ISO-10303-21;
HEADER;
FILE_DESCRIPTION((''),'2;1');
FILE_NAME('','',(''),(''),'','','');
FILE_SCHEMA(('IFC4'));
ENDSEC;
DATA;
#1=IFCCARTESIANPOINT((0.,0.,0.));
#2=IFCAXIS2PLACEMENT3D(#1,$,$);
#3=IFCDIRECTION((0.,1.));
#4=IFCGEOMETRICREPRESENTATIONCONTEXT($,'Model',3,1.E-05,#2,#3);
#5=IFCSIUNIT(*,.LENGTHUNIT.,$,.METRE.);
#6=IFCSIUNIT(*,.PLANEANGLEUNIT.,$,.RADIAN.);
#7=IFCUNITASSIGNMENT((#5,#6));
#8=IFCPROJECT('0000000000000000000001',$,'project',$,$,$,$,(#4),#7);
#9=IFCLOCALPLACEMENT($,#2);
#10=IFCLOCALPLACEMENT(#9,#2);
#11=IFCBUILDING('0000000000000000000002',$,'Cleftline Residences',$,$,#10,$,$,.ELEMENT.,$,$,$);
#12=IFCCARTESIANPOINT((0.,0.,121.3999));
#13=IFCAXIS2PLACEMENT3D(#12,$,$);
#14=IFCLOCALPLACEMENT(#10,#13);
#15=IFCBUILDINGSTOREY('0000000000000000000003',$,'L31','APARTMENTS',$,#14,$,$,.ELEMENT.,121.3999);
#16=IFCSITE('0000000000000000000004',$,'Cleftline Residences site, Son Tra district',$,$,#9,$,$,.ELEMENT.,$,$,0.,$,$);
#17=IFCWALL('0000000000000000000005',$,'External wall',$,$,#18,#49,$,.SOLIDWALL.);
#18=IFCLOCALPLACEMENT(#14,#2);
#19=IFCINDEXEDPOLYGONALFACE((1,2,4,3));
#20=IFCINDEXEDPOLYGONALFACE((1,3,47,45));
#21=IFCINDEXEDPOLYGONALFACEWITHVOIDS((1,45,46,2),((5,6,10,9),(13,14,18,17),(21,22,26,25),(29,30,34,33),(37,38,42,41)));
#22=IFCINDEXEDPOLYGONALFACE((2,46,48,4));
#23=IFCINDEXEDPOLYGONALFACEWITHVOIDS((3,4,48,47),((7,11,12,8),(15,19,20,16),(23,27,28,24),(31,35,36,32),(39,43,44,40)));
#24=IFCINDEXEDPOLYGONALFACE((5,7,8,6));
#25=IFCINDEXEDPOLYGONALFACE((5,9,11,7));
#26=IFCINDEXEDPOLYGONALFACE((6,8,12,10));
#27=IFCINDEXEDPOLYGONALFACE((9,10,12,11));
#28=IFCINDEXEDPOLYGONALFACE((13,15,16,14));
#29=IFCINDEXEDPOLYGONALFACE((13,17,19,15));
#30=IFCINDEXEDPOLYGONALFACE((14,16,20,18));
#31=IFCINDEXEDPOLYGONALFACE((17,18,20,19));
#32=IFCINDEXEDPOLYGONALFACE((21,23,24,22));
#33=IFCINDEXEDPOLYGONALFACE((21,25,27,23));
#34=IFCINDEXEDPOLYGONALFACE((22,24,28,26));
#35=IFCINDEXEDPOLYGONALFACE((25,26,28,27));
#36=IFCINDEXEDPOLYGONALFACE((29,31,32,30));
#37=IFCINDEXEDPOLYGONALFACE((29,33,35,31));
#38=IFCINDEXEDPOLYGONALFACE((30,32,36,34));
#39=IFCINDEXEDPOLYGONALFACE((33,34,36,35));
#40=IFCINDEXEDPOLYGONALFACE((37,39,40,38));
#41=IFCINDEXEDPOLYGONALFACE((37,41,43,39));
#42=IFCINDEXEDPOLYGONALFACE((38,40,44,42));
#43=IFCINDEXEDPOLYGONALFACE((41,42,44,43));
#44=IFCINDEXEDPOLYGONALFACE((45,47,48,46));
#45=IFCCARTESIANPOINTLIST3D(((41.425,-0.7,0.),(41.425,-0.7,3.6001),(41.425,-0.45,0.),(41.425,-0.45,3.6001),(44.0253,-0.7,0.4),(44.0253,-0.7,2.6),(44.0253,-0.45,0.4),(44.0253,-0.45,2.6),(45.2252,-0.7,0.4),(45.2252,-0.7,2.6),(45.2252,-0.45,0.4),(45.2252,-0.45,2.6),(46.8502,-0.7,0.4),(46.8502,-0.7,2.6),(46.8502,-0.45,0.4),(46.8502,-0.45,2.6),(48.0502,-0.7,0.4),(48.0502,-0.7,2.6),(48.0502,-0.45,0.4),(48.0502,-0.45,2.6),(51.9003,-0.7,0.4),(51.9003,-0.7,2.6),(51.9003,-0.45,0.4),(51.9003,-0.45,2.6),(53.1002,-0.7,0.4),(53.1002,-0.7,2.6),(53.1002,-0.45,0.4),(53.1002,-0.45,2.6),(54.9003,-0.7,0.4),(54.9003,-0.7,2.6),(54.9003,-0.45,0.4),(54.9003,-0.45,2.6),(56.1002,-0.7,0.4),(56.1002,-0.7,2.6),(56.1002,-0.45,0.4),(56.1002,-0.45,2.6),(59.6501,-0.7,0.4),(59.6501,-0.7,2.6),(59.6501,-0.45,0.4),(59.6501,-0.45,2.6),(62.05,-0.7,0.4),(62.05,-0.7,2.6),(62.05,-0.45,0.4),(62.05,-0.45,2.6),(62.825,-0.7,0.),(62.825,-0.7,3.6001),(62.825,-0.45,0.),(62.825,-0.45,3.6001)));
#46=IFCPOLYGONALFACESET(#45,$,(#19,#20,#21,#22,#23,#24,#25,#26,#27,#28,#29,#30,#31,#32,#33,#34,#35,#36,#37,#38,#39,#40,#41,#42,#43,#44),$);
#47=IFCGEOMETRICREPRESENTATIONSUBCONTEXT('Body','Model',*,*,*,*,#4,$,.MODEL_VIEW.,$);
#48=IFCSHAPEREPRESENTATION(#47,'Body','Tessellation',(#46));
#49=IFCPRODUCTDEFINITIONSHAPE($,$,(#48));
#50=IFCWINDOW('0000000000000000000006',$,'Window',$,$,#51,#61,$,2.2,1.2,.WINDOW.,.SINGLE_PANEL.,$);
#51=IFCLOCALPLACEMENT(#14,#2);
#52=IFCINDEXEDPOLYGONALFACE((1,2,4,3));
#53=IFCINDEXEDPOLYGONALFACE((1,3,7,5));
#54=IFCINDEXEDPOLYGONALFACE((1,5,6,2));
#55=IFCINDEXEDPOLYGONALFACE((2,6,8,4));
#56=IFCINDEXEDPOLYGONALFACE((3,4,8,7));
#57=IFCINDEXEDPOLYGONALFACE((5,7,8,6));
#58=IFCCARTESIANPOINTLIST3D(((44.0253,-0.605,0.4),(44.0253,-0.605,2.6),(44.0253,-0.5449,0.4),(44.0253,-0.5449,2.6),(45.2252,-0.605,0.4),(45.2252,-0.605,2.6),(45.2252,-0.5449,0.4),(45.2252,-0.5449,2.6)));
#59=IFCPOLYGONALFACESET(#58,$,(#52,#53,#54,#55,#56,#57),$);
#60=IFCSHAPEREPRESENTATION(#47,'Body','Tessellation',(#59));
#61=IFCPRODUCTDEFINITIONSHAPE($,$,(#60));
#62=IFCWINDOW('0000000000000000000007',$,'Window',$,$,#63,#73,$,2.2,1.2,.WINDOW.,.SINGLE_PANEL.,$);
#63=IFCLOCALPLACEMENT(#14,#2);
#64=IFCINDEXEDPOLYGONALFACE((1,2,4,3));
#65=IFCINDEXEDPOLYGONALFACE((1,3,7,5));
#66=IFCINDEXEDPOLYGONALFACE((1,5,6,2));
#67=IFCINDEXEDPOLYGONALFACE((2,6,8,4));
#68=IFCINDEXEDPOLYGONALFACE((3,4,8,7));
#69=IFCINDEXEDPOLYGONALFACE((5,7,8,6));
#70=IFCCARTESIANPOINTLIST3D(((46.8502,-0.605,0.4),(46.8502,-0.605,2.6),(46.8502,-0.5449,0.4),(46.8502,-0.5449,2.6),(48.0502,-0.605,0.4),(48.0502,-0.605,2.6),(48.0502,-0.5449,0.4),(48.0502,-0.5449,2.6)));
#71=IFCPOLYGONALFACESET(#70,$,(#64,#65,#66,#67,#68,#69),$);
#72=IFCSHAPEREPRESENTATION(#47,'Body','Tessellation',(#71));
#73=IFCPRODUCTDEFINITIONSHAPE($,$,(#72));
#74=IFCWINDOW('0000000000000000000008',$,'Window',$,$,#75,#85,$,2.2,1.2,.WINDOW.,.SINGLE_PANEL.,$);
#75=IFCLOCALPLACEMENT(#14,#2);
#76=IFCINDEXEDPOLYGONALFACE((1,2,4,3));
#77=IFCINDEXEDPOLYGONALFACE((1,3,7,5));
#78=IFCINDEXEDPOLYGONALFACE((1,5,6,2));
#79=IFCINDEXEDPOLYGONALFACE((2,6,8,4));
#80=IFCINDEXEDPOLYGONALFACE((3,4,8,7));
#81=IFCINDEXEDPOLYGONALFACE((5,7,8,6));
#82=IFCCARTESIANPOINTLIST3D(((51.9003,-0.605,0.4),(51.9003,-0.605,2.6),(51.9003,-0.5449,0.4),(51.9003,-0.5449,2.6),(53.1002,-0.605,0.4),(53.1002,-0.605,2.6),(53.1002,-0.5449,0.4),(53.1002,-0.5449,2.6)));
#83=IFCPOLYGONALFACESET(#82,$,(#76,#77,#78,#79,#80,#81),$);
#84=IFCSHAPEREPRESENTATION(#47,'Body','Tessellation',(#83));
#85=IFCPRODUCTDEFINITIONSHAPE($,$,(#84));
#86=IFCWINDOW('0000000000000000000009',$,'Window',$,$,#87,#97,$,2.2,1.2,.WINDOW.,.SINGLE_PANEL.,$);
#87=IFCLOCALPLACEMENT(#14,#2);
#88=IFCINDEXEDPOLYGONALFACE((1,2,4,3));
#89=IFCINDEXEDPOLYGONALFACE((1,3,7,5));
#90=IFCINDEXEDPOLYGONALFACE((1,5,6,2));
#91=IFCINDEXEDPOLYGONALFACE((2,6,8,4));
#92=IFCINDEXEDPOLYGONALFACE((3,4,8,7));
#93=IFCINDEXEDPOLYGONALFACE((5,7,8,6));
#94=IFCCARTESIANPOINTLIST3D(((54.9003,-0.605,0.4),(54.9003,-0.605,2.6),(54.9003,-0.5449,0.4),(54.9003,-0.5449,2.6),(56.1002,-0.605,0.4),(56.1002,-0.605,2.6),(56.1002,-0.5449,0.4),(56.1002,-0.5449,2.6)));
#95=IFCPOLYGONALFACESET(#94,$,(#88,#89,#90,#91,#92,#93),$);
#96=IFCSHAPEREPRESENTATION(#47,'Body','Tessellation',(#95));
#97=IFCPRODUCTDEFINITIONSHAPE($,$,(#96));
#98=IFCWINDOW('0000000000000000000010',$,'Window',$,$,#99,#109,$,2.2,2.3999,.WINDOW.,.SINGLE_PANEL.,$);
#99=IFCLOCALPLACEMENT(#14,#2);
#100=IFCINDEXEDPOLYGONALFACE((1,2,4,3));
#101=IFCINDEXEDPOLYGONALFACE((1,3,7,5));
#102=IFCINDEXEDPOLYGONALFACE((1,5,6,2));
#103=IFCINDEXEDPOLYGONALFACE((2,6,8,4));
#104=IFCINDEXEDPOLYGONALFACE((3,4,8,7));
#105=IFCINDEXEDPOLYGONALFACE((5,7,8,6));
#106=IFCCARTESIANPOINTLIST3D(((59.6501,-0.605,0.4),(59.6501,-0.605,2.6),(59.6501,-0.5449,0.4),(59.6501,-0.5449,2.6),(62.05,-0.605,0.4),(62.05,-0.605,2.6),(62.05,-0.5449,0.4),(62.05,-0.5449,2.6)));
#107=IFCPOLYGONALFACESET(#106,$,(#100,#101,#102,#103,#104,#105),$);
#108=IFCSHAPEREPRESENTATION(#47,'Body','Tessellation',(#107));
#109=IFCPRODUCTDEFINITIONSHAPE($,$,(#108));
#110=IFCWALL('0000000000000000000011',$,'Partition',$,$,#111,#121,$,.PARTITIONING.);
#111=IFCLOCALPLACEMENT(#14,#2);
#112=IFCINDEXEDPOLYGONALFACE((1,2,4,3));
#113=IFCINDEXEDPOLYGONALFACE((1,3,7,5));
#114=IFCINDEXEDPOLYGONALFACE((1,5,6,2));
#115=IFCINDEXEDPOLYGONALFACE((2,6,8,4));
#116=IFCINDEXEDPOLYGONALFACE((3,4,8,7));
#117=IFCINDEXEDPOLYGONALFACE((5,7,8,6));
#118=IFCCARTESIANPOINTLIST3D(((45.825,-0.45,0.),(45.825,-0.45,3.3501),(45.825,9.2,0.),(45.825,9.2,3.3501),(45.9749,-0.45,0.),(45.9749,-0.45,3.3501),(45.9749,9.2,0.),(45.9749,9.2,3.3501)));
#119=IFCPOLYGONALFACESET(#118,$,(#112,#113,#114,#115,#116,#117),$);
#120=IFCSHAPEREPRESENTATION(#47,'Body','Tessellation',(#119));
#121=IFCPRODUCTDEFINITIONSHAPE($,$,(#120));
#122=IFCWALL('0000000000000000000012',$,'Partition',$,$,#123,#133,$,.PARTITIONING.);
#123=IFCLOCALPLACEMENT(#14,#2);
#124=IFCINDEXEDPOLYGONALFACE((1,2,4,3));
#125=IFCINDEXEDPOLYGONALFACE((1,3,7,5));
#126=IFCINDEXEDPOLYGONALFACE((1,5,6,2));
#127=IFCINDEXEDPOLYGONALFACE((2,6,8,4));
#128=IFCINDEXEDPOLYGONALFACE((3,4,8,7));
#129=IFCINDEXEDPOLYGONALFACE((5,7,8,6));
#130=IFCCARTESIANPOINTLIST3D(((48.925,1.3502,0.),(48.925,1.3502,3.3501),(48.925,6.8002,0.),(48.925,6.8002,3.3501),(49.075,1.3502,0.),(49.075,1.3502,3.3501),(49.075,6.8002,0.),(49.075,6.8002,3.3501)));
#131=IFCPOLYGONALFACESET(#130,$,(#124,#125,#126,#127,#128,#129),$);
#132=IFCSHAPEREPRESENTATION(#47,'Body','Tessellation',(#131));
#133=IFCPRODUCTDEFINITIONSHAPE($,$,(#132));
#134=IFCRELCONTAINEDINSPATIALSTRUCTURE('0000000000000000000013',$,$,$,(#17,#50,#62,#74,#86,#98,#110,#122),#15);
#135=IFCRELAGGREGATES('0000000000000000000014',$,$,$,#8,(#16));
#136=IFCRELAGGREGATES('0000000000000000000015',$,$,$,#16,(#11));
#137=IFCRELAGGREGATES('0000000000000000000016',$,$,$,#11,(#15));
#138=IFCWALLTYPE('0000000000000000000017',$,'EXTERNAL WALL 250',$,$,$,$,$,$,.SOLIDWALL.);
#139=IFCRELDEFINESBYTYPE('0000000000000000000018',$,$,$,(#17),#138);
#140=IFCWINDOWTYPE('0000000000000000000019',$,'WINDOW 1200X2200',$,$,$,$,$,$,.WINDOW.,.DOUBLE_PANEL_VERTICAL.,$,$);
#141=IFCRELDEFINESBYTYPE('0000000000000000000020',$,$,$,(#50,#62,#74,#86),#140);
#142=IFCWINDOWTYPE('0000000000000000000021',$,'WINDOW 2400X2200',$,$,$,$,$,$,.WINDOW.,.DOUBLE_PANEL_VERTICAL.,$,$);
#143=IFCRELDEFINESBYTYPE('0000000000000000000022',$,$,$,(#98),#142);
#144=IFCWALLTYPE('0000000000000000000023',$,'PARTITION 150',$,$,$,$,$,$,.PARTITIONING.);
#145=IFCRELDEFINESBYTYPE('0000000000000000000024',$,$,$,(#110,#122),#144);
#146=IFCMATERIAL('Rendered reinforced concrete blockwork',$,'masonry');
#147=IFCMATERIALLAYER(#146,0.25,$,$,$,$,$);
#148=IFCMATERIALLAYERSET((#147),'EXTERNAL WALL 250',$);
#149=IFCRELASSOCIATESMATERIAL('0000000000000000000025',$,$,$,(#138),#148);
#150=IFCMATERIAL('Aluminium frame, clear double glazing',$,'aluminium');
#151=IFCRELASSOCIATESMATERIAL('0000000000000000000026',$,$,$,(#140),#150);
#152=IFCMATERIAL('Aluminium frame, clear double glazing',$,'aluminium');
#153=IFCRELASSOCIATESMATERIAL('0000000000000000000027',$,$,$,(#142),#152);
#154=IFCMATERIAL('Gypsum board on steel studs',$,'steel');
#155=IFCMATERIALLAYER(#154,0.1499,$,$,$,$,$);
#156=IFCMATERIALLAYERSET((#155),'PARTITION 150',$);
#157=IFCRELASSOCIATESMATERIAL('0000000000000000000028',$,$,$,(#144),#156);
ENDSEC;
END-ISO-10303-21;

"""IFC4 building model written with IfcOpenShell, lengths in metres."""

from ifc_helpers import new_model, si_unit, direction, frame, frame_2d, origin, place, context, subcontext, project, spatial, rectangle, extrude, material, layer, layer_set, type_object, element, fill, save


model = new_model("IFC4")

# Units and contexts
model_context = context("Model", 3, precision=1e-05, world=origin(), true_north=direction((0.0, 1.0)))
body_context = subcontext(model_context, "Body", "Model", "MODEL_VIEW")
ifc_project = project(units=[si_unit("LENGTHUNIT", "METRE"), si_unit("PLANEANGLEUNIT", "RADIAN")], contexts=[model_context])

# Site, building, storey
site_placement = place(None, origin())
site = spatial("IfcSite", under=ifc_project, at=site_placement, Name="Cleftline Residences site, Son Tra district", CompositionType="ELEMENT", RefElevation=0.0)
building_placement = place(site_placement, origin())
building = spatial("IfcBuilding", under=site, at=building_placement, Name="Cleftline Residences", CompositionType="ELEMENT")
storey_placement = place(building_placement, frame((0.0, 0.0, 121.3999)))
storey = spatial("IfcBuildingStorey", under=building, at=storey_placement, Name="L31", Description="APARTMENTS", CompositionType="ELEMENT", Elevation=121.3999)

# Wall, openings, windows
ifc_material_1 = material(Name="Rendered reinforced concrete blockwork", Category="masonry")
ifc_layer_1 = layer(ifc_material_1, 0.25)
ifc_layer_set_1 = layer_set([ifc_layer_1], Name="EXTERNAL WALL 250")
wall_type_1 = type_object("IfcWallType", Name="EXTERNAL WALL 250", PredefinedType="SOLIDWALL", material=ifc_layer_set_1)
wall_1_placement = place(storey_placement, frame((41.425, -0.575, 0.0), z_axis=(0.0, 0.0, 1.0), x_axis=(1.0, 0.0, 0.0)))
wall_1 = element("IfcWall", 1, at=wall_1_placement, inside=storey, type_object=wall_type_1, Name="External wall", PredefinedType="SOLIDWALL", context=body_context, shape_type="SweptSolid", body=[
    extrude(rectangle(XDim=21.3999, YDim=0.25, at=frame_2d((10.7, 0.0))), origin(), (0.0, 0.0, 1.0), 3.6001),
])
opening_1_placement = place(wall_1_placement, frame((2.6001, 0.0, 0.3999)))
opening_1 = element("IfcOpeningElement", 2, at=opening_1_placement, cuts=wall_1, PredefinedType="OPENING", context=body_context, shape_type="SweptSolid", body=[
    extrude(rectangle(XDim=1.2, YDim=2.2, at=frame_2d((0.6001, 1.1001))), frame((0.0, 0.135, 0.0), z_axis=(0.0, -1.0, 0.0), x_axis=(1.0, 0.0, 0.0)), (0.0, 0.0, 1.0), 0.27),
])
opening_2_placement = place(wall_1_placement, frame((5.425, 0.0, 0.3999)))
opening_2 = element("IfcOpeningElement", 3, at=opening_2_placement, cuts=wall_1, PredefinedType="OPENING", context=body_context, shape_type="SweptSolid", body=[
    extrude(rectangle(XDim=1.2, YDim=2.2, at=frame_2d((0.6001, 1.1001))), frame((0.0, 0.135, 0.0), z_axis=(0.0, -1.0, 0.0), x_axis=(1.0, 0.0, 0.0)), (0.0, 0.0, 1.0), 0.27),
])
opening_3_placement = place(wall_1_placement, frame((10.4751, 0.0, 0.3999)))
opening_3 = element("IfcOpeningElement", 4, at=opening_3_placement, cuts=wall_1, PredefinedType="OPENING", context=body_context, shape_type="SweptSolid", body=[
    extrude(rectangle(XDim=1.2, YDim=2.2, at=frame_2d((0.6001, 1.1001))), frame((0.0, 0.135, 0.0), z_axis=(0.0, -1.0, 0.0), x_axis=(1.0, 0.0, 0.0)), (0.0, 0.0, 1.0), 0.27),
])
opening_4_placement = place(wall_1_placement, frame((13.4751, 0.0, 0.3999)))
opening_4 = element("IfcOpeningElement", 5, at=opening_4_placement, cuts=wall_1, PredefinedType="OPENING", context=body_context, shape_type="SweptSolid", body=[
    extrude(rectangle(XDim=1.2, YDim=2.2, at=frame_2d((0.6001, 1.1001))), frame((0.0, 0.135, 0.0), z_axis=(0.0, -1.0, 0.0), x_axis=(1.0, 0.0, 0.0)), (0.0, 0.0, 1.0), 0.27),
])
opening_5_placement = place(wall_1_placement, frame((18.2251, 0.0, 0.3999)))
opening_5 = element("IfcOpeningElement", 6, at=opening_5_placement, cuts=wall_1, PredefinedType="OPENING", context=body_context, shape_type="SweptSolid", body=[
    extrude(rectangle(XDim=2.3999, YDim=2.2, at=frame_2d((1.2, 1.1001))), frame((0.0, 0.135, 0.0), z_axis=(0.0, -1.0, 0.0), x_axis=(1.0, 0.0, 0.0)), (0.0, 0.0, 1.0), 0.27),
])
ifc_material_2 = material(Name="Aluminium frame, clear double glazing", Category="aluminium")
window_type_1 = type_object("IfcWindowType", Name="WINDOW 1200X2200", PartitioningType="DOUBLE_PANEL_VERTICAL", PredefinedType="WINDOW", material=ifc_material_2)
window_1_placement = place(opening_1_placement, origin())
window_1 = element("IfcWindow", 7, at=window_1_placement, inside=storey, type_object=window_type_1, Name="Window", OverallHeight=2.2, OverallWidth=1.2, PartitioningType="SINGLE_PANEL", PredefinedType="WINDOW", context=body_context, shape_type="SweptSolid", body=[
    extrude(rectangle(XDim=1.2, YDim=2.2, at=frame_2d((0.6001, 1.1001))), frame((0.0, 0.03, 0.0), z_axis=(0.0, -1.0, 0.0), x_axis=(1.0, 0.0, 0.0)), (0.0, 0.0, 1.0), 0.0601),
])
fill(opening_1, window_1)
window_2_placement = place(opening_2_placement, origin())
window_2 = element("IfcWindow", 8, at=window_2_placement, inside=storey, type_object=window_type_1, Name="Window", OverallHeight=2.2, OverallWidth=1.2, PartitioningType="SINGLE_PANEL", PredefinedType="WINDOW", context=body_context, shape_type="SweptSolid", body=[
    extrude(rectangle(XDim=1.2, YDim=2.2, at=frame_2d((0.6001, 1.1001))), frame((0.0, 0.03, 0.0), z_axis=(0.0, -1.0, 0.0), x_axis=(1.0, 0.0, 0.0)), (0.0, 0.0, 1.0), 0.0601),
])
fill(opening_2, window_2)
window_3_placement = place(opening_3_placement, origin())
window_3 = element("IfcWindow", 9, at=window_3_placement, inside=storey, type_object=window_type_1, Name="Window", OverallHeight=2.2, OverallWidth=1.2, PartitioningType="SINGLE_PANEL", PredefinedType="WINDOW", context=body_context, shape_type="SweptSolid", body=[
    extrude(rectangle(XDim=1.2, YDim=2.2, at=frame_2d((0.6001, 1.1001))), frame((0.0, 0.03, 0.0), z_axis=(0.0, -1.0, 0.0), x_axis=(1.0, 0.0, 0.0)), (0.0, 0.0, 1.0), 0.0601),
])
fill(opening_3, window_3)
window_4_placement = place(opening_4_placement, origin())
window_4 = element("IfcWindow", 10, at=window_4_placement, inside=storey, type_object=window_type_1, Name="Window", OverallHeight=2.2, OverallWidth=1.2, PartitioningType="SINGLE_PANEL", PredefinedType="WINDOW", context=body_context, shape_type="SweptSolid", body=[
    extrude(rectangle(XDim=1.2, YDim=2.2, at=frame_2d((0.6001, 1.1001))), frame((0.0, 0.03, 0.0), z_axis=(0.0, -1.0, 0.0), x_axis=(1.0, 0.0, 0.0)), (0.0, 0.0, 1.0), 0.0601),
])
fill(opening_4, window_4)
ifc_material_3 = material(Name="Aluminium frame, clear double glazing", Category="aluminium")
window_type_2 = type_object("IfcWindowType", Name="WINDOW 2400X2200", PartitioningType="DOUBLE_PANEL_VERTICAL", PredefinedType="WINDOW", material=ifc_material_3)
window_5_placement = place(opening_5_placement, origin())
window_5 = element("IfcWindow", 11, at=window_5_placement, inside=storey, type_object=window_type_2, Name="Window", OverallHeight=2.2, OverallWidth=2.3999, PartitioningType="SINGLE_PANEL", PredefinedType="WINDOW", context=body_context, shape_type="SweptSolid", body=[
    extrude(rectangle(XDim=2.3999, YDim=2.2, at=frame_2d((1.2, 1.1001))), frame((0.0, 0.03, 0.0), z_axis=(0.0, -1.0, 0.0), x_axis=(1.0, 0.0, 0.0)), (0.0, 0.0, 1.0), 0.0601),
])
fill(opening_5, window_5)

# Walls
ifc_material_4 = material(Name="Gypsum board on steel studs", Category="steel")
ifc_layer_2 = layer(ifc_material_4, 0.1499)
ifc_layer_set_2 = layer_set([ifc_layer_2], Name="PARTITION 150")
wall_type_2 = type_object("IfcWallType", Name="PARTITION 150", PredefinedType="PARTITIONING", material=ifc_layer_set_2)
wall_2_placement = place(storey_placement, frame((45.8999, -0.45, 0.0), z_axis=(0.0, 0.0, 1.0), x_axis=(0.0, 1.0, 0.0)))
element("IfcWall", 12, at=wall_2_placement, inside=storey, type_object=wall_type_2, Name="Partition", PredefinedType="PARTITIONING", context=body_context, shape_type="SweptSolid", body=[
    extrude(rectangle(XDim=9.6499, YDim=0.1499, at=frame_2d((4.825, 0.0))), origin(), (0.0, 0.0, 1.0), 3.3501),
])
wall_3_placement = place(storey_placement, frame((49.0, 1.3501, 0.0), z_axis=(0.0, 0.0, 1.0), x_axis=(0.0, 1.0, 0.0)))
element("IfcWall", 13, at=wall_3_placement, inside=storey, type_object=wall_type_2, Name="Partition", PredefinedType="PARTITIONING", context=body_context, shape_type="SweptSolid", body=[
    extrude(rectangle(XDim=5.45, YDim=0.1499, at=frame_2d((2.7251, 0.0))), origin(), (0.0, 0.0, 1.0), 3.3501),
])

save(model, "model.ifc")
